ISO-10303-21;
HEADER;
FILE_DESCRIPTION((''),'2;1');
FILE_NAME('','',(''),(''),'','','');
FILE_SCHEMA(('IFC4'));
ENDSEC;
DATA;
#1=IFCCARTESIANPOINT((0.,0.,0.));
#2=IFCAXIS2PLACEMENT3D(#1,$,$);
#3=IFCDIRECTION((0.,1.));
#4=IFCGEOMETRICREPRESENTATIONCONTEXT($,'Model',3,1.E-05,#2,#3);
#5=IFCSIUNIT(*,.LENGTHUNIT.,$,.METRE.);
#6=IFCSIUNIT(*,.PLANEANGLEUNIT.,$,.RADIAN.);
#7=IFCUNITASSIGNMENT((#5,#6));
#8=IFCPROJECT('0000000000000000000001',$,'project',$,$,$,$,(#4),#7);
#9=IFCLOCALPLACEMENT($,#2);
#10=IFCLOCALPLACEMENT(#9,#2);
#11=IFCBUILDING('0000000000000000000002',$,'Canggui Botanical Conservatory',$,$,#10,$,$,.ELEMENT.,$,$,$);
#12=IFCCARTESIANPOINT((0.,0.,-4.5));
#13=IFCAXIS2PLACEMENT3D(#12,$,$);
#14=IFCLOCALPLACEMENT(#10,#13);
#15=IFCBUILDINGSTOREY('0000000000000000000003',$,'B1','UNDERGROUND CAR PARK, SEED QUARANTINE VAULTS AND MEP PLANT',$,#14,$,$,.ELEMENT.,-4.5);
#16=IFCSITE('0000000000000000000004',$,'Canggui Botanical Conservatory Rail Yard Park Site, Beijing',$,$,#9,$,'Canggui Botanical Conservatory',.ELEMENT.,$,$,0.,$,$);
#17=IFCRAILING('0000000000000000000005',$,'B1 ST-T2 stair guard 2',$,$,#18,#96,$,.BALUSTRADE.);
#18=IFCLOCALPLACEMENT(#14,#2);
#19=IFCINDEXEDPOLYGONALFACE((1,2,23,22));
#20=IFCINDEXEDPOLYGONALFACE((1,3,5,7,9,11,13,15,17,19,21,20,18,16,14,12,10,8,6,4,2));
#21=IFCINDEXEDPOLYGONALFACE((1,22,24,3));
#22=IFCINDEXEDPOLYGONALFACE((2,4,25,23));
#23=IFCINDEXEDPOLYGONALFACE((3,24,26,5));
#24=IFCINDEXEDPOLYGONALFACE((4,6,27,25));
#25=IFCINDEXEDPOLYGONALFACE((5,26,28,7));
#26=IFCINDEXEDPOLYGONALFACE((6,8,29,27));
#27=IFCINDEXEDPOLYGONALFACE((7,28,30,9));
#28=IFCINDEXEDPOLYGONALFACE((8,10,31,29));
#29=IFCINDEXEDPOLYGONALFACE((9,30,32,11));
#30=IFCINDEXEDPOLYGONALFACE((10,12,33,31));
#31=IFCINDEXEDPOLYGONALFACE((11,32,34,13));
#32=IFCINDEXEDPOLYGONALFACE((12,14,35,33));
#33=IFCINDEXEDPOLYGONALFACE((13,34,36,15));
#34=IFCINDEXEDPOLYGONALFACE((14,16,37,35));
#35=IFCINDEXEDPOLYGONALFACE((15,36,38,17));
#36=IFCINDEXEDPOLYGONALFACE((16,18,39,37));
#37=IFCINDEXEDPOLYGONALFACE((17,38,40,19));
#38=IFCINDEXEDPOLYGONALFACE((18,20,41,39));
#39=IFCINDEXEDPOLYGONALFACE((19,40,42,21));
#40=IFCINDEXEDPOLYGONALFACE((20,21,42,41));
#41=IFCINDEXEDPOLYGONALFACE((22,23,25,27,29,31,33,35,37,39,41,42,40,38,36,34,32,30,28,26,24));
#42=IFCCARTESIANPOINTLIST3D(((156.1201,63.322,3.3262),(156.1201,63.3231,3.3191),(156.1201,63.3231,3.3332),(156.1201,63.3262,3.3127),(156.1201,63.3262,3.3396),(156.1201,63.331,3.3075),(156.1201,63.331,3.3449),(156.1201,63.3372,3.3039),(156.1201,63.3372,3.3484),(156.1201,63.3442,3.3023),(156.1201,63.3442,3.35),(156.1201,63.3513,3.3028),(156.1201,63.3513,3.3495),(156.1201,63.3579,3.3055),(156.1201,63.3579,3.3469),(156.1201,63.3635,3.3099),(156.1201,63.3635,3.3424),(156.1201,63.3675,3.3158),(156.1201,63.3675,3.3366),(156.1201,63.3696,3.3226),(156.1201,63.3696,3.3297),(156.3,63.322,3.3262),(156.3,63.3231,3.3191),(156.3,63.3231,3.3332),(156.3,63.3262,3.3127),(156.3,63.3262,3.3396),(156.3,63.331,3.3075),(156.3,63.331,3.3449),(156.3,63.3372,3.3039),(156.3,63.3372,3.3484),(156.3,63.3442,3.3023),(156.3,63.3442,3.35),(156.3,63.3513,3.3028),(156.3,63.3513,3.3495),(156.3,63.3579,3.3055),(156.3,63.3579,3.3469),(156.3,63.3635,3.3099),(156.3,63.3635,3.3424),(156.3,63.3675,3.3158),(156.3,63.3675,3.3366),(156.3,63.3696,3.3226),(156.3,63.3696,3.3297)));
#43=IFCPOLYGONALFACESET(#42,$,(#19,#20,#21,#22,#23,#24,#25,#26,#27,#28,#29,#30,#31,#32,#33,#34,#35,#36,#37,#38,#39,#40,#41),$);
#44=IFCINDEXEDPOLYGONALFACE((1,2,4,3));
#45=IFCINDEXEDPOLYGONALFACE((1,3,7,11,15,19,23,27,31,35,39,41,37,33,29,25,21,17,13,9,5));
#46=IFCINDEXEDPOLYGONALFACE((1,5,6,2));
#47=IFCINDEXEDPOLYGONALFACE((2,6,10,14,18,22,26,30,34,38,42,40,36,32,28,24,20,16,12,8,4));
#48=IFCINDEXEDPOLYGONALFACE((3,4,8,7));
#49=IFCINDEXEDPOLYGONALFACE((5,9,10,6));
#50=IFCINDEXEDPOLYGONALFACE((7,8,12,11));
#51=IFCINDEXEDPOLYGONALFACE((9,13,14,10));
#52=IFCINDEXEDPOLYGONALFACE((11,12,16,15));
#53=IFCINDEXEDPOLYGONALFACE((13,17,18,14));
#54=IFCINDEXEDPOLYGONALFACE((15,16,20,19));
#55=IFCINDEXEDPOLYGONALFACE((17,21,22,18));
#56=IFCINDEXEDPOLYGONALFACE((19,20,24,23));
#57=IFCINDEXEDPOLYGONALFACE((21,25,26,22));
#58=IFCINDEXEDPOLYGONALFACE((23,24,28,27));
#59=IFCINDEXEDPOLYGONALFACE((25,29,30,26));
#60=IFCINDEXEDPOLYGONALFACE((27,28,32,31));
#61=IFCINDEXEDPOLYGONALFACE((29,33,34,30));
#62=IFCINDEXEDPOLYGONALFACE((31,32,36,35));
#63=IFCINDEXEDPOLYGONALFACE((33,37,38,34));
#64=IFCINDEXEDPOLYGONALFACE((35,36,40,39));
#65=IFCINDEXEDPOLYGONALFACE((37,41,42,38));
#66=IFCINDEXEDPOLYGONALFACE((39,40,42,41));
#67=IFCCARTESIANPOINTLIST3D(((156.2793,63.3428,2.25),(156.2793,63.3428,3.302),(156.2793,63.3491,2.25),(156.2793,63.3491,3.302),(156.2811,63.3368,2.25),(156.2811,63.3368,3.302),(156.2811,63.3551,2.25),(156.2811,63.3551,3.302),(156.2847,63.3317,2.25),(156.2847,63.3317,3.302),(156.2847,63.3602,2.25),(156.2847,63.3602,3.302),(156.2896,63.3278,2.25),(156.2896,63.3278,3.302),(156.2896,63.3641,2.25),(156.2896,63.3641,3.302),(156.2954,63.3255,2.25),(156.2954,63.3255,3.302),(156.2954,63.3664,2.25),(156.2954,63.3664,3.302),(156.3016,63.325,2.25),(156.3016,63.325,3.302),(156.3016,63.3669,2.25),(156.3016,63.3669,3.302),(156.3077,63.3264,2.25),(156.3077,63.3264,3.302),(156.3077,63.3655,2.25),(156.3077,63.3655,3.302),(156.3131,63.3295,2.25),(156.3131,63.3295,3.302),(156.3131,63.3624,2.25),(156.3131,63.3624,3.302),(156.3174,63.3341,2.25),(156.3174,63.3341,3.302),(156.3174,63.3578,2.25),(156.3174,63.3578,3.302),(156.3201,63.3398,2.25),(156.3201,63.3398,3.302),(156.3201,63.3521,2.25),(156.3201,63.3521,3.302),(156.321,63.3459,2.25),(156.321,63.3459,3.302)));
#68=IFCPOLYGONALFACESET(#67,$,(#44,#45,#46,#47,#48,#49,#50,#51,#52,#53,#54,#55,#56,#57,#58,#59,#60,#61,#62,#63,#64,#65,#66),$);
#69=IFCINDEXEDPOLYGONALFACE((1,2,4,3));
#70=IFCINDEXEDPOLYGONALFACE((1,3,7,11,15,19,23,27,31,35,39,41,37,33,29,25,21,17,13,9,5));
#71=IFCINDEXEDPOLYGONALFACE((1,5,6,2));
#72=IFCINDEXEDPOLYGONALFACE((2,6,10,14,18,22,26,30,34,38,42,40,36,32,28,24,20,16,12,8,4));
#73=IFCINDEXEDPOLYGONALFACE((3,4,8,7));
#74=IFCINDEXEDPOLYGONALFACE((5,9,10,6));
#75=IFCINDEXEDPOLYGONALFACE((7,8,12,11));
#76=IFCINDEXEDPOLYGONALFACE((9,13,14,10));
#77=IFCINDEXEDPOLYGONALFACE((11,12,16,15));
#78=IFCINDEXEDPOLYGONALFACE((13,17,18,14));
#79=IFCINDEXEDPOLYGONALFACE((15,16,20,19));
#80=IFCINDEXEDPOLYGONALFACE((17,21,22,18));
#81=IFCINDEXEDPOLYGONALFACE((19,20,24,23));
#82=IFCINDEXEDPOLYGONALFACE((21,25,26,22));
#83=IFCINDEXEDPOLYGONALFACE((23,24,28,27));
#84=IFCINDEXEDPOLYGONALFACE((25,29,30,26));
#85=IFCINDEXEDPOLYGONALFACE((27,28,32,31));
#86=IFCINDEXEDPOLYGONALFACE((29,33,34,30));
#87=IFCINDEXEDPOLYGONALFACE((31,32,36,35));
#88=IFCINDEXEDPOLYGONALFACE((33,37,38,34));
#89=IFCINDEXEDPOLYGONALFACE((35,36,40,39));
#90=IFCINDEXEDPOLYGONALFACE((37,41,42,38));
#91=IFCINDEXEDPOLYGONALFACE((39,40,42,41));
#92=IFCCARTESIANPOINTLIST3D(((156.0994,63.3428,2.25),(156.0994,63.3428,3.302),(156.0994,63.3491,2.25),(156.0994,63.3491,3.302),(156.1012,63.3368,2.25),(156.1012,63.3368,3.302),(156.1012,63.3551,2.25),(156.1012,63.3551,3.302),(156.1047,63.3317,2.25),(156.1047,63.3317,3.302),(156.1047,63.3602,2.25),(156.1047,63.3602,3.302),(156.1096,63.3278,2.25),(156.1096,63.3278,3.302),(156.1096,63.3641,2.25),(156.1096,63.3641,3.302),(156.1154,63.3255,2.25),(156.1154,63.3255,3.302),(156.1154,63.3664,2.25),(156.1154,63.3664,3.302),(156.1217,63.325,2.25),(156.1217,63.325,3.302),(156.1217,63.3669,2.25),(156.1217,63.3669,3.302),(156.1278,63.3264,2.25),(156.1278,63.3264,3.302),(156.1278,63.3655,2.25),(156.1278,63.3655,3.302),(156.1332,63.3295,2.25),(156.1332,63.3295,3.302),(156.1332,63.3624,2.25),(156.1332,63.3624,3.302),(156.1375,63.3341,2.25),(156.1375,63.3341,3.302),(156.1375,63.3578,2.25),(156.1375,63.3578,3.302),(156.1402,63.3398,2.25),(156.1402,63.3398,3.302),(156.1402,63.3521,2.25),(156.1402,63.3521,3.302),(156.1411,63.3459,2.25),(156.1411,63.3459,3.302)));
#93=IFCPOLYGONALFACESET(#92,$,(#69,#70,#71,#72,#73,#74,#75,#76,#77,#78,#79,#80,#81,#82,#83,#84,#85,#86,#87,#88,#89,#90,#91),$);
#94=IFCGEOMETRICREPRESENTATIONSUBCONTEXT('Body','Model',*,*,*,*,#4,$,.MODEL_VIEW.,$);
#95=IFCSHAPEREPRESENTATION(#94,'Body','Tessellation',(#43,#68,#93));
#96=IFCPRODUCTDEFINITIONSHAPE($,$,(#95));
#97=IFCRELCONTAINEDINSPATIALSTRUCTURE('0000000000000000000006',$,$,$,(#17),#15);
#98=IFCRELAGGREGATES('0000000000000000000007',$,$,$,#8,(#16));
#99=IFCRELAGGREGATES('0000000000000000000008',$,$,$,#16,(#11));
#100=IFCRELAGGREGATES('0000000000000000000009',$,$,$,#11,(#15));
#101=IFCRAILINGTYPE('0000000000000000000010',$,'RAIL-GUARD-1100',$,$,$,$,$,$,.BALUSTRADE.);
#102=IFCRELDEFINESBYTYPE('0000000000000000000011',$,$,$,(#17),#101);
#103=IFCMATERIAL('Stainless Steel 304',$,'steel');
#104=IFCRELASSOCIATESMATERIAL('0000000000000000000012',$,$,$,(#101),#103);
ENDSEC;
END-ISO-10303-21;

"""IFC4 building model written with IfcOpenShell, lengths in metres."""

from ifc_helpers import new_model, si_unit, direction, frame, origin, origin_2d, place, context, subcontext, project, spatial, circle, extrude, material, type_object, element, save


model = new_model("IFC4")

# Units and contexts
model_context = context("Model", 3, precision=1e-05, world=origin(), true_north=direction((0.0, 1.0)))
body_context = subcontext(model_context, "Body", "Model", "MODEL_VIEW")
ifc_project = project(units=[si_unit("LENGTHUNIT", "METRE"), si_unit("PLANEANGLEUNIT", "RADIAN")], contexts=[model_context])

# Site, building, storey
site_placement = place(None, origin())
site = spatial("IfcSite", under=ifc_project, at=site_placement, Name="Canggui Botanical Conservatory Rail Yard Park Site, Beijing", LongName="Canggui Botanical Conservatory", CompositionType="ELEMENT", RefElevation=0.0)
building_placement = place(site_placement, origin())
building = spatial("IfcBuilding", under=site, at=building_placement, Name="Canggui Botanical Conservatory", CompositionType="ELEMENT")
storey_placement = place(building_placement, frame((0.0, 0.0, -4.5)))
storey = spatial("IfcBuildingStorey", under=building, at=storey_placement, Name="B1", Description="UNDERGROUND CAR PARK, SEED QUARANTINE VAULTS AND MEP PLANT", CompositionType="ELEMENT", Elevation=-4.5)

# Railing
ifc_material_1 = material(Name="Stainless Steel 304", Category="steel")
railing_type_1 = type_object("IfcRailingType", Name="RAIL-GUARD-1100", PredefinedType="BALUSTRADE", material=ifc_material_1)
railing_1_placement = place(storey_placement, frame((156.3, 63.3459, 2.25)))
element("IfcRailing", 1, at=railing_1_placement, inside=storey, type_object=railing_type_1, Name="B1 ST-T2 stair guard 2", PredefinedType="BALUSTRADE", context=body_context, shape_type="SweptSolid", body=[
    extrude(circle(Radius=0.0239, at=origin_2d()), frame((0.0, 0.0, 1.0762), z_axis=(-1.0, 0.0, 0.0), x_axis=(0.0, -1.0, 0.0)), (0.0, 0.0, 1.0), 0.1799),
    extrude(circle(Radius=0.021, at=origin_2d()), origin(), (0.0, 0.0, 1.0), 1.052),
    extrude(circle(Radius=0.021, at=origin_2d()), frame((-0.1799, 0.0, 0.0)), (0.0, 0.0, 1.0), 1.052),
])

save(model, "model.ifc")
